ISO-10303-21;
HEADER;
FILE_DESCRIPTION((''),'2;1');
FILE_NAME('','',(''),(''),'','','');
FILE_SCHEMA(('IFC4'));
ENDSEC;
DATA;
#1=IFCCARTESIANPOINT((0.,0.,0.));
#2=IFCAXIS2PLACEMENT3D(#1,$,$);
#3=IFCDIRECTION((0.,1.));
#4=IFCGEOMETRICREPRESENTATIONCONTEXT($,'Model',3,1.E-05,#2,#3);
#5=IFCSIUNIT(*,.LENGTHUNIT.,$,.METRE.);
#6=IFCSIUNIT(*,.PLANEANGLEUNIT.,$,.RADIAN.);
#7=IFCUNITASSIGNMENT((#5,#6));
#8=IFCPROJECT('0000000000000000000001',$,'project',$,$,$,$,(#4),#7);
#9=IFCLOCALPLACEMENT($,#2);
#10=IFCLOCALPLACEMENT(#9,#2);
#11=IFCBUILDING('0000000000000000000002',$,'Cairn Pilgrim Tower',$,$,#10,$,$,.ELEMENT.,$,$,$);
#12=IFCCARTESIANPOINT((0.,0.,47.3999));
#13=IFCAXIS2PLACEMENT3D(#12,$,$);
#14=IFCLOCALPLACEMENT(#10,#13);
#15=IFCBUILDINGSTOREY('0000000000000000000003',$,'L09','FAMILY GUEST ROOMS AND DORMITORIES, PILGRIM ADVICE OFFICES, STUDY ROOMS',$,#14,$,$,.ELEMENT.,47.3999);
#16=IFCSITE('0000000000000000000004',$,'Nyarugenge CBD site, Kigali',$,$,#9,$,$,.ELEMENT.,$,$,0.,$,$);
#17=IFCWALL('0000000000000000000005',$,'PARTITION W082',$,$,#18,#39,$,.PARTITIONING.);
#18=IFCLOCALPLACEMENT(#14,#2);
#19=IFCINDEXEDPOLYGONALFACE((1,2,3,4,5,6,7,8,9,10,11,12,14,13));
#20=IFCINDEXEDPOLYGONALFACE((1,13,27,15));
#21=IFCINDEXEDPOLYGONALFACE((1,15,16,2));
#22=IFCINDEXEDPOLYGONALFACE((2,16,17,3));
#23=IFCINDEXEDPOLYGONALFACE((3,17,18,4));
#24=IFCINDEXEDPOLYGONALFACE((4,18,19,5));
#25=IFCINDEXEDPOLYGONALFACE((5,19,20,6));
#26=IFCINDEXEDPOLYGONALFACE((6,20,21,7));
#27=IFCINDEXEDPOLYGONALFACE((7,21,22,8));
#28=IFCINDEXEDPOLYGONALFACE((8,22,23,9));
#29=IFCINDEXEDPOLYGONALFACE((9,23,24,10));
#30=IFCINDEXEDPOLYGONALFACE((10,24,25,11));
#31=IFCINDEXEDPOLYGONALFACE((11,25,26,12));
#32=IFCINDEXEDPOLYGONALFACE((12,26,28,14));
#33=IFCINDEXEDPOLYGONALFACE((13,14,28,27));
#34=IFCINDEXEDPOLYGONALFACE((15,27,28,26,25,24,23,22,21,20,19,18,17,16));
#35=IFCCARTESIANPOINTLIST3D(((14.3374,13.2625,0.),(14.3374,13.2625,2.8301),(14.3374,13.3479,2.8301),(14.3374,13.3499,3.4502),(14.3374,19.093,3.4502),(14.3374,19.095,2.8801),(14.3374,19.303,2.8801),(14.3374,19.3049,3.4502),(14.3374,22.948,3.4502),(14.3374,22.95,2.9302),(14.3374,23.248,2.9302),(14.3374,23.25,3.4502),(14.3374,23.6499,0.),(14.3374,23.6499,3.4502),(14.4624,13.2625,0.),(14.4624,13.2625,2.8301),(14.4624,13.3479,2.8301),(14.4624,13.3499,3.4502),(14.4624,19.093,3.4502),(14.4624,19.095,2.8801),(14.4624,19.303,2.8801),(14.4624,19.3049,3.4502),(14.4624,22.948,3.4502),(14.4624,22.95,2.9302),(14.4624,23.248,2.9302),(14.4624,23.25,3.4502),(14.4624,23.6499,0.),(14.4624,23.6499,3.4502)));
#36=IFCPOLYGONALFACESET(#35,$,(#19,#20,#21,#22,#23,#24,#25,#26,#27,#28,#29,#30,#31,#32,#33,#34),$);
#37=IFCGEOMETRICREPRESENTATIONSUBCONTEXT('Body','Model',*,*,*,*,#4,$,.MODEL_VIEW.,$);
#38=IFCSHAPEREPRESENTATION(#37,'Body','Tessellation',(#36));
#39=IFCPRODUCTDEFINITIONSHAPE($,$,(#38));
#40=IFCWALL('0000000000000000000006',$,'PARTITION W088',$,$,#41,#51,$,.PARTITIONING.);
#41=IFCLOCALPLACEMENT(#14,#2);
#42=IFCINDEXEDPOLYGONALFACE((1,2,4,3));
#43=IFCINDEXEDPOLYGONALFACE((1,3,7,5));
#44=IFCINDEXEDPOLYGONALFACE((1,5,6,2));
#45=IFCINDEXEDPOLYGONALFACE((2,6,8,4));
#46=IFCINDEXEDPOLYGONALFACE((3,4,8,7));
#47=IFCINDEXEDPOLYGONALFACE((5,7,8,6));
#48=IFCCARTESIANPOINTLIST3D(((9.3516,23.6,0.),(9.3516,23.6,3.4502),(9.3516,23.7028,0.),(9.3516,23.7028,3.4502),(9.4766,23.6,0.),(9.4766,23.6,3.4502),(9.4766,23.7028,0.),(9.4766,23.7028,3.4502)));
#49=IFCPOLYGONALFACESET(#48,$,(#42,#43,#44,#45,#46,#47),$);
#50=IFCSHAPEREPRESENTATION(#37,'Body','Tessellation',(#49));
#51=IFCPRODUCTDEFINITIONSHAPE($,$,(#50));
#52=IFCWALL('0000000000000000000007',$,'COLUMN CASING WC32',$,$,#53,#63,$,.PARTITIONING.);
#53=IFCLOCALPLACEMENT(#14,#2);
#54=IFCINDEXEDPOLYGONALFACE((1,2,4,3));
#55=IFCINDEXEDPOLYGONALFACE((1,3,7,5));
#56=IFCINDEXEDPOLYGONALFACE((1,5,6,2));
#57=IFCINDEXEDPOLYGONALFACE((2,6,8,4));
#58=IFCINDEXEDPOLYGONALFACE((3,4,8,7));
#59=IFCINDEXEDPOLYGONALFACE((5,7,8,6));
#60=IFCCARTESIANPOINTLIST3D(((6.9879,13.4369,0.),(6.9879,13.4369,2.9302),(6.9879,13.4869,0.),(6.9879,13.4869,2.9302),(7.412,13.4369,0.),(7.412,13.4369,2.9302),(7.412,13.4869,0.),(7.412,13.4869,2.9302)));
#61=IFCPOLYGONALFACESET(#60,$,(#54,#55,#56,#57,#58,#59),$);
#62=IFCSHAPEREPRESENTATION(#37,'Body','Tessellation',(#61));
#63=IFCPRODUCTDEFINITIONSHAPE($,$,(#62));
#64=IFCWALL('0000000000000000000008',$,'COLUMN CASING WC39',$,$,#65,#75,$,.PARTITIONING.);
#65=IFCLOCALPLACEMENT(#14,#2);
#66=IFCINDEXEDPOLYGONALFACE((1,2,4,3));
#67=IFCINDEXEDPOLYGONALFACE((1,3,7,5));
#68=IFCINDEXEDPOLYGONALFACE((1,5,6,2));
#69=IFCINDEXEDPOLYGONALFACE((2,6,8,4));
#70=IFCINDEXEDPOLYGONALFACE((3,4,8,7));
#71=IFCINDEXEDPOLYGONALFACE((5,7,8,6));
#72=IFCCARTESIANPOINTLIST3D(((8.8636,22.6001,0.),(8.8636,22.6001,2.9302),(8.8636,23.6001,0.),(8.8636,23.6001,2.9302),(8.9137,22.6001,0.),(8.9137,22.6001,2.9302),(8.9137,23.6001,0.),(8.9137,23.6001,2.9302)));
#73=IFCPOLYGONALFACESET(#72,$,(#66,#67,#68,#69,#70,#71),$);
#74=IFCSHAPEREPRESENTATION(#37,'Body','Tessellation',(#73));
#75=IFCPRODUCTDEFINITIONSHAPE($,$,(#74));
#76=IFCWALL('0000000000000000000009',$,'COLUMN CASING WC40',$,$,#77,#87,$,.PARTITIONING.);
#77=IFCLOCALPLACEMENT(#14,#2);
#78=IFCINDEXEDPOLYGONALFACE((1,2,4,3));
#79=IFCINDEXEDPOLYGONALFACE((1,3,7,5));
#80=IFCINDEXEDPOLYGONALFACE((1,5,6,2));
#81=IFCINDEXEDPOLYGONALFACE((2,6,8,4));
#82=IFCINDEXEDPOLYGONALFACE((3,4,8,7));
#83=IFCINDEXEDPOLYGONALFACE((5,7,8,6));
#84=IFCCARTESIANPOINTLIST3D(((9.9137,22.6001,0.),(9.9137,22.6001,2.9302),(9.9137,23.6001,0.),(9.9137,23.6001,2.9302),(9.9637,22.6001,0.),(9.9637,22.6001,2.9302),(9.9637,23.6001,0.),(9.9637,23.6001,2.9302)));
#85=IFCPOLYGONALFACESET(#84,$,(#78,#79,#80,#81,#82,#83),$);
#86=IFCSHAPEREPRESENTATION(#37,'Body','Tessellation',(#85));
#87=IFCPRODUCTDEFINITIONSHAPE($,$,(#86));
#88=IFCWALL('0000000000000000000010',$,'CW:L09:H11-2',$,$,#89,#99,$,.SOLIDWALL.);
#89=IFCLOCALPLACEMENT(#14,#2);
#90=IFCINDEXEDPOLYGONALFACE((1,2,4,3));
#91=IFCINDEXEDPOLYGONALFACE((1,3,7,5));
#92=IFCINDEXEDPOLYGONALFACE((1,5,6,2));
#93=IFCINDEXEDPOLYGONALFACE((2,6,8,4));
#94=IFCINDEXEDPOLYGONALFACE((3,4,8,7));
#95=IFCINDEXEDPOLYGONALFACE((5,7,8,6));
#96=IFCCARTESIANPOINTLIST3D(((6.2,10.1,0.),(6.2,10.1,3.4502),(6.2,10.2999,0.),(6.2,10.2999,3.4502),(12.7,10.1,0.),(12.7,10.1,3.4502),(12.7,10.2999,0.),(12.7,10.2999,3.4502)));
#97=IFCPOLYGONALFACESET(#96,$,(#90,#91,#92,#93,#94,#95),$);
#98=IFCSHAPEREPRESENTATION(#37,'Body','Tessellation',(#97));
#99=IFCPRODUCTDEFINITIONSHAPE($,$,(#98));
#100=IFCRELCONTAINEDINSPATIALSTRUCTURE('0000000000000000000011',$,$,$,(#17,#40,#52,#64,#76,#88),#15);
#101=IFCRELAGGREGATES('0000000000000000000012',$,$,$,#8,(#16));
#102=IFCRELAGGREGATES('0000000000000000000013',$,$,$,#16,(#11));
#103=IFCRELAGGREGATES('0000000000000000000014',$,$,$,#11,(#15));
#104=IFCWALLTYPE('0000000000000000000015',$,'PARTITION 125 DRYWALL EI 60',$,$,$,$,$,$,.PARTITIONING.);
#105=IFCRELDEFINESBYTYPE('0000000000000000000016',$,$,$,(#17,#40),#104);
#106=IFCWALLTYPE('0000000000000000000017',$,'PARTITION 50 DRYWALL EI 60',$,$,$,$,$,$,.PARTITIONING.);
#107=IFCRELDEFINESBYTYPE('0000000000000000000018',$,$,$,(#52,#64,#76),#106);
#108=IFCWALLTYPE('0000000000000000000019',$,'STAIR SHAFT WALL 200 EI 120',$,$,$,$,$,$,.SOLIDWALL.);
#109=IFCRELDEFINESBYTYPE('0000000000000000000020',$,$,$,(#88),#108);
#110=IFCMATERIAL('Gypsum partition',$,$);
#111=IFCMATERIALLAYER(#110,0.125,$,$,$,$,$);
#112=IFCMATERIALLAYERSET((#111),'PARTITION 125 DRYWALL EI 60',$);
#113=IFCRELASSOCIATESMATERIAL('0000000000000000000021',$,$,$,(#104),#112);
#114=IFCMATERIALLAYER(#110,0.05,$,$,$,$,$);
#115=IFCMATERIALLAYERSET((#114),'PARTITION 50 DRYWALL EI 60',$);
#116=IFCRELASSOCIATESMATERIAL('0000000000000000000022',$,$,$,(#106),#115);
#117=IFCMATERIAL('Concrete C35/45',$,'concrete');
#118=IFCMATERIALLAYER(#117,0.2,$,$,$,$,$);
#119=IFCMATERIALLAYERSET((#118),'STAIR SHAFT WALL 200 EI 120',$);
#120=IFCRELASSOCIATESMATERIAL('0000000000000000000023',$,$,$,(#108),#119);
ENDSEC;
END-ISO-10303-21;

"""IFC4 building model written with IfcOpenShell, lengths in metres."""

from ifc_helpers import new_model, si_unit, direction, frame, frame_2d, origin, place, context, subcontext, project, spatial, polyline, rectangle, outline, extrude, material, layer, layer_set, type_object, element, save


model = new_model("IFC4")

# Units and contexts
model_context = context("Model", 3, precision=1e-05, world=origin(), true_north=direction((0.0, 1.0)))
body_context = subcontext(model_context, "Body", "Model", "MODEL_VIEW")
ifc_project = project(units=[si_unit("LENGTHUNIT", "METRE"), si_unit("PLANEANGLEUNIT", "RADIAN")], contexts=[model_context])

# Site, building, storey
site_placement = place(None, origin())
site = spatial("IfcSite", under=ifc_project, at=site_placement, Name="Nyarugenge CBD site, Kigali", CompositionType="ELEMENT", RefElevation=0.0)
building_placement = place(site_placement, origin())
building = spatial("IfcBuilding", under=site, at=building_placement, Name="Cairn Pilgrim Tower", CompositionType="ELEMENT")
storey_placement = place(building_placement, frame((0.0, 0.0, 47.3999)))
storey = spatial("IfcBuildingStorey", under=building, at=storey_placement, Name="L09", Description="FAMILY GUEST ROOMS AND DORMITORIES, PILGRIM ADVICE OFFICES, STUDY ROOMS", CompositionType="ELEMENT", Elevation=47.3999)

# Shared definitions
ifc_material_1 = material(Name="Gypsum partition")
ifc_layer_1 = layer(ifc_material_1, 0.125)
ifc_layer_set_1 = layer_set([ifc_layer_1], Name="PARTITION 125 DRYWALL EI 60")
wall_type_1 = type_object("IfcWallType", Name="PARTITION 125 DRYWALL EI 60", PredefinedType="PARTITIONING", material=ifc_layer_set_1)

# Walls
wall_1_placement = place(storey_placement, frame((14.3999, 13.2625, 0.0), z_axis=(0.0, 0.0, 1.0), x_axis=(0.0, 1.0, 0.0)))
element("IfcWall", 1, at=wall_1_placement, inside=storey, type_object=wall_type_1, Name="PARTITION W082", PredefinedType="PARTITIONING", context=body_context, shape_type="SweptSolid", body=[
    extrude(outline(polyline([(0.0, 0.0), (10.3875, 0.0), (10.3875, 3.4502), (9.9875, 3.4502), (9.9856, 2.9302), (9.6875, 2.9302), (9.6855, 3.4502), (6.0425, 3.4502), (6.0405, 2.8801), (5.8325, 2.8801), (5.8306, 3.4502), (0.0874, 3.4502), (0.0854, 2.8301), (0.0, 2.8301), (0.0, 0.0)])), frame((0.0, 0.0625, 0.0), z_axis=(0.0, -1.0, 0.0), x_axis=(1.0, 0.0, 0.0)), (0.0, 0.0, 1.0), 0.125),
])
wall_2_placement = place(storey_placement, frame((9.4141, 23.6001, 0.0), z_axis=(0.0, 0.0, 1.0), x_axis=(0.0, 1.0, 0.0)))
element("IfcWall", 2, at=wall_2_placement, inside=storey, type_object=wall_type_1, Name="PARTITION W088", PredefinedType="PARTITIONING", context=body_context, shape_type="SweptSolid", body=[
    extrude(rectangle(XDim=0.1028, YDim=0.125, at=frame_2d((0.0513, 0.0))), origin(), (0.0, 0.0, 1.0), 3.4502),
])
ifc_layer_2 = layer(ifc_material_1, 0.05)
ifc_layer_set_2 = layer_set([ifc_layer_2], Name="PARTITION 50 DRYWALL EI 60")
wall_type_2 = type_object("IfcWallType", Name="PARTITION 50 DRYWALL EI 60", PredefinedType="PARTITIONING", material=ifc_layer_set_2)
wall_3_placement = place(storey_placement, frame((6.988, 13.4619, 0.0), z_axis=(0.0, 0.0, 1.0), x_axis=(1.0, 0.0, 0.0)))
element("IfcWall", 3, at=wall_3_placement, inside=storey, type_object=wall_type_2, Name="COLUMN CASING WC32", PredefinedType="PARTITIONING", context=body_context, shape_type="SweptSolid", body=[
    extrude(rectangle(XDim=0.4241, YDim=0.05, at=frame_2d((0.2119, 0.0))), origin(), (0.0, 0.0, 1.0), 2.9302),
])
for number, where, z_axis, x_axis, name in (
    (4, (8.8887, 22.6001, 0.0), (0.0, 0.0, 1.0), (0.0, 1.0, 0.0), "COLUMN CASING WC39"),
    (5, (9.9387, 22.6001, 0.0), (0.0, 0.0, 1.0), (0.0, 1.0, 0.0), "COLUMN CASING WC40"),
):
    element("IfcWall", number, at=place(storey_placement, frame(where, z_axis=z_axis, x_axis=x_axis)), inside=storey, type_object=wall_type_2, Name=name, PredefinedType="PARTITIONING", context=body_context, shape_type="SweptSolid", body=[
        extrude(rectangle(XDim=1.0, YDim=0.05, at=frame_2d((0.5, 0.0))), origin(), (0.0, 0.0, 1.0), 2.9302),
    ])
ifc_material_2 = material(Name="Concrete C35/45", Category="concrete")
ifc_layer_3 = layer(ifc_material_2, 0.2)
ifc_layer_set_3 = layer_set([ifc_layer_3], Name="STAIR SHAFT WALL 200 EI 120")
wall_type_3 = type_object("IfcWallType", Name="STAIR SHAFT WALL 200 EI 120", PredefinedType="SOLIDWALL", material=ifc_layer_set_3)
wall_4_placement = place(storey_placement, frame((6.2, 10.2, 0.0), z_axis=(0.0, 0.0, 1.0), x_axis=(1.0, 0.0, 0.0)))
element("IfcWall", 6, at=wall_4_placement, inside=storey, type_object=wall_type_3, Name="CW:L09:H11-2", PredefinedType="SOLIDWALL", context=body_context, shape_type="SweptSolid", body=[
    extrude(rectangle(XDim=6.5, YDim=0.2, at=frame_2d((3.25, 0.0))), origin(), (0.0, 0.0, 1.0), 3.4502),
])

save(model, "model.ifc")
